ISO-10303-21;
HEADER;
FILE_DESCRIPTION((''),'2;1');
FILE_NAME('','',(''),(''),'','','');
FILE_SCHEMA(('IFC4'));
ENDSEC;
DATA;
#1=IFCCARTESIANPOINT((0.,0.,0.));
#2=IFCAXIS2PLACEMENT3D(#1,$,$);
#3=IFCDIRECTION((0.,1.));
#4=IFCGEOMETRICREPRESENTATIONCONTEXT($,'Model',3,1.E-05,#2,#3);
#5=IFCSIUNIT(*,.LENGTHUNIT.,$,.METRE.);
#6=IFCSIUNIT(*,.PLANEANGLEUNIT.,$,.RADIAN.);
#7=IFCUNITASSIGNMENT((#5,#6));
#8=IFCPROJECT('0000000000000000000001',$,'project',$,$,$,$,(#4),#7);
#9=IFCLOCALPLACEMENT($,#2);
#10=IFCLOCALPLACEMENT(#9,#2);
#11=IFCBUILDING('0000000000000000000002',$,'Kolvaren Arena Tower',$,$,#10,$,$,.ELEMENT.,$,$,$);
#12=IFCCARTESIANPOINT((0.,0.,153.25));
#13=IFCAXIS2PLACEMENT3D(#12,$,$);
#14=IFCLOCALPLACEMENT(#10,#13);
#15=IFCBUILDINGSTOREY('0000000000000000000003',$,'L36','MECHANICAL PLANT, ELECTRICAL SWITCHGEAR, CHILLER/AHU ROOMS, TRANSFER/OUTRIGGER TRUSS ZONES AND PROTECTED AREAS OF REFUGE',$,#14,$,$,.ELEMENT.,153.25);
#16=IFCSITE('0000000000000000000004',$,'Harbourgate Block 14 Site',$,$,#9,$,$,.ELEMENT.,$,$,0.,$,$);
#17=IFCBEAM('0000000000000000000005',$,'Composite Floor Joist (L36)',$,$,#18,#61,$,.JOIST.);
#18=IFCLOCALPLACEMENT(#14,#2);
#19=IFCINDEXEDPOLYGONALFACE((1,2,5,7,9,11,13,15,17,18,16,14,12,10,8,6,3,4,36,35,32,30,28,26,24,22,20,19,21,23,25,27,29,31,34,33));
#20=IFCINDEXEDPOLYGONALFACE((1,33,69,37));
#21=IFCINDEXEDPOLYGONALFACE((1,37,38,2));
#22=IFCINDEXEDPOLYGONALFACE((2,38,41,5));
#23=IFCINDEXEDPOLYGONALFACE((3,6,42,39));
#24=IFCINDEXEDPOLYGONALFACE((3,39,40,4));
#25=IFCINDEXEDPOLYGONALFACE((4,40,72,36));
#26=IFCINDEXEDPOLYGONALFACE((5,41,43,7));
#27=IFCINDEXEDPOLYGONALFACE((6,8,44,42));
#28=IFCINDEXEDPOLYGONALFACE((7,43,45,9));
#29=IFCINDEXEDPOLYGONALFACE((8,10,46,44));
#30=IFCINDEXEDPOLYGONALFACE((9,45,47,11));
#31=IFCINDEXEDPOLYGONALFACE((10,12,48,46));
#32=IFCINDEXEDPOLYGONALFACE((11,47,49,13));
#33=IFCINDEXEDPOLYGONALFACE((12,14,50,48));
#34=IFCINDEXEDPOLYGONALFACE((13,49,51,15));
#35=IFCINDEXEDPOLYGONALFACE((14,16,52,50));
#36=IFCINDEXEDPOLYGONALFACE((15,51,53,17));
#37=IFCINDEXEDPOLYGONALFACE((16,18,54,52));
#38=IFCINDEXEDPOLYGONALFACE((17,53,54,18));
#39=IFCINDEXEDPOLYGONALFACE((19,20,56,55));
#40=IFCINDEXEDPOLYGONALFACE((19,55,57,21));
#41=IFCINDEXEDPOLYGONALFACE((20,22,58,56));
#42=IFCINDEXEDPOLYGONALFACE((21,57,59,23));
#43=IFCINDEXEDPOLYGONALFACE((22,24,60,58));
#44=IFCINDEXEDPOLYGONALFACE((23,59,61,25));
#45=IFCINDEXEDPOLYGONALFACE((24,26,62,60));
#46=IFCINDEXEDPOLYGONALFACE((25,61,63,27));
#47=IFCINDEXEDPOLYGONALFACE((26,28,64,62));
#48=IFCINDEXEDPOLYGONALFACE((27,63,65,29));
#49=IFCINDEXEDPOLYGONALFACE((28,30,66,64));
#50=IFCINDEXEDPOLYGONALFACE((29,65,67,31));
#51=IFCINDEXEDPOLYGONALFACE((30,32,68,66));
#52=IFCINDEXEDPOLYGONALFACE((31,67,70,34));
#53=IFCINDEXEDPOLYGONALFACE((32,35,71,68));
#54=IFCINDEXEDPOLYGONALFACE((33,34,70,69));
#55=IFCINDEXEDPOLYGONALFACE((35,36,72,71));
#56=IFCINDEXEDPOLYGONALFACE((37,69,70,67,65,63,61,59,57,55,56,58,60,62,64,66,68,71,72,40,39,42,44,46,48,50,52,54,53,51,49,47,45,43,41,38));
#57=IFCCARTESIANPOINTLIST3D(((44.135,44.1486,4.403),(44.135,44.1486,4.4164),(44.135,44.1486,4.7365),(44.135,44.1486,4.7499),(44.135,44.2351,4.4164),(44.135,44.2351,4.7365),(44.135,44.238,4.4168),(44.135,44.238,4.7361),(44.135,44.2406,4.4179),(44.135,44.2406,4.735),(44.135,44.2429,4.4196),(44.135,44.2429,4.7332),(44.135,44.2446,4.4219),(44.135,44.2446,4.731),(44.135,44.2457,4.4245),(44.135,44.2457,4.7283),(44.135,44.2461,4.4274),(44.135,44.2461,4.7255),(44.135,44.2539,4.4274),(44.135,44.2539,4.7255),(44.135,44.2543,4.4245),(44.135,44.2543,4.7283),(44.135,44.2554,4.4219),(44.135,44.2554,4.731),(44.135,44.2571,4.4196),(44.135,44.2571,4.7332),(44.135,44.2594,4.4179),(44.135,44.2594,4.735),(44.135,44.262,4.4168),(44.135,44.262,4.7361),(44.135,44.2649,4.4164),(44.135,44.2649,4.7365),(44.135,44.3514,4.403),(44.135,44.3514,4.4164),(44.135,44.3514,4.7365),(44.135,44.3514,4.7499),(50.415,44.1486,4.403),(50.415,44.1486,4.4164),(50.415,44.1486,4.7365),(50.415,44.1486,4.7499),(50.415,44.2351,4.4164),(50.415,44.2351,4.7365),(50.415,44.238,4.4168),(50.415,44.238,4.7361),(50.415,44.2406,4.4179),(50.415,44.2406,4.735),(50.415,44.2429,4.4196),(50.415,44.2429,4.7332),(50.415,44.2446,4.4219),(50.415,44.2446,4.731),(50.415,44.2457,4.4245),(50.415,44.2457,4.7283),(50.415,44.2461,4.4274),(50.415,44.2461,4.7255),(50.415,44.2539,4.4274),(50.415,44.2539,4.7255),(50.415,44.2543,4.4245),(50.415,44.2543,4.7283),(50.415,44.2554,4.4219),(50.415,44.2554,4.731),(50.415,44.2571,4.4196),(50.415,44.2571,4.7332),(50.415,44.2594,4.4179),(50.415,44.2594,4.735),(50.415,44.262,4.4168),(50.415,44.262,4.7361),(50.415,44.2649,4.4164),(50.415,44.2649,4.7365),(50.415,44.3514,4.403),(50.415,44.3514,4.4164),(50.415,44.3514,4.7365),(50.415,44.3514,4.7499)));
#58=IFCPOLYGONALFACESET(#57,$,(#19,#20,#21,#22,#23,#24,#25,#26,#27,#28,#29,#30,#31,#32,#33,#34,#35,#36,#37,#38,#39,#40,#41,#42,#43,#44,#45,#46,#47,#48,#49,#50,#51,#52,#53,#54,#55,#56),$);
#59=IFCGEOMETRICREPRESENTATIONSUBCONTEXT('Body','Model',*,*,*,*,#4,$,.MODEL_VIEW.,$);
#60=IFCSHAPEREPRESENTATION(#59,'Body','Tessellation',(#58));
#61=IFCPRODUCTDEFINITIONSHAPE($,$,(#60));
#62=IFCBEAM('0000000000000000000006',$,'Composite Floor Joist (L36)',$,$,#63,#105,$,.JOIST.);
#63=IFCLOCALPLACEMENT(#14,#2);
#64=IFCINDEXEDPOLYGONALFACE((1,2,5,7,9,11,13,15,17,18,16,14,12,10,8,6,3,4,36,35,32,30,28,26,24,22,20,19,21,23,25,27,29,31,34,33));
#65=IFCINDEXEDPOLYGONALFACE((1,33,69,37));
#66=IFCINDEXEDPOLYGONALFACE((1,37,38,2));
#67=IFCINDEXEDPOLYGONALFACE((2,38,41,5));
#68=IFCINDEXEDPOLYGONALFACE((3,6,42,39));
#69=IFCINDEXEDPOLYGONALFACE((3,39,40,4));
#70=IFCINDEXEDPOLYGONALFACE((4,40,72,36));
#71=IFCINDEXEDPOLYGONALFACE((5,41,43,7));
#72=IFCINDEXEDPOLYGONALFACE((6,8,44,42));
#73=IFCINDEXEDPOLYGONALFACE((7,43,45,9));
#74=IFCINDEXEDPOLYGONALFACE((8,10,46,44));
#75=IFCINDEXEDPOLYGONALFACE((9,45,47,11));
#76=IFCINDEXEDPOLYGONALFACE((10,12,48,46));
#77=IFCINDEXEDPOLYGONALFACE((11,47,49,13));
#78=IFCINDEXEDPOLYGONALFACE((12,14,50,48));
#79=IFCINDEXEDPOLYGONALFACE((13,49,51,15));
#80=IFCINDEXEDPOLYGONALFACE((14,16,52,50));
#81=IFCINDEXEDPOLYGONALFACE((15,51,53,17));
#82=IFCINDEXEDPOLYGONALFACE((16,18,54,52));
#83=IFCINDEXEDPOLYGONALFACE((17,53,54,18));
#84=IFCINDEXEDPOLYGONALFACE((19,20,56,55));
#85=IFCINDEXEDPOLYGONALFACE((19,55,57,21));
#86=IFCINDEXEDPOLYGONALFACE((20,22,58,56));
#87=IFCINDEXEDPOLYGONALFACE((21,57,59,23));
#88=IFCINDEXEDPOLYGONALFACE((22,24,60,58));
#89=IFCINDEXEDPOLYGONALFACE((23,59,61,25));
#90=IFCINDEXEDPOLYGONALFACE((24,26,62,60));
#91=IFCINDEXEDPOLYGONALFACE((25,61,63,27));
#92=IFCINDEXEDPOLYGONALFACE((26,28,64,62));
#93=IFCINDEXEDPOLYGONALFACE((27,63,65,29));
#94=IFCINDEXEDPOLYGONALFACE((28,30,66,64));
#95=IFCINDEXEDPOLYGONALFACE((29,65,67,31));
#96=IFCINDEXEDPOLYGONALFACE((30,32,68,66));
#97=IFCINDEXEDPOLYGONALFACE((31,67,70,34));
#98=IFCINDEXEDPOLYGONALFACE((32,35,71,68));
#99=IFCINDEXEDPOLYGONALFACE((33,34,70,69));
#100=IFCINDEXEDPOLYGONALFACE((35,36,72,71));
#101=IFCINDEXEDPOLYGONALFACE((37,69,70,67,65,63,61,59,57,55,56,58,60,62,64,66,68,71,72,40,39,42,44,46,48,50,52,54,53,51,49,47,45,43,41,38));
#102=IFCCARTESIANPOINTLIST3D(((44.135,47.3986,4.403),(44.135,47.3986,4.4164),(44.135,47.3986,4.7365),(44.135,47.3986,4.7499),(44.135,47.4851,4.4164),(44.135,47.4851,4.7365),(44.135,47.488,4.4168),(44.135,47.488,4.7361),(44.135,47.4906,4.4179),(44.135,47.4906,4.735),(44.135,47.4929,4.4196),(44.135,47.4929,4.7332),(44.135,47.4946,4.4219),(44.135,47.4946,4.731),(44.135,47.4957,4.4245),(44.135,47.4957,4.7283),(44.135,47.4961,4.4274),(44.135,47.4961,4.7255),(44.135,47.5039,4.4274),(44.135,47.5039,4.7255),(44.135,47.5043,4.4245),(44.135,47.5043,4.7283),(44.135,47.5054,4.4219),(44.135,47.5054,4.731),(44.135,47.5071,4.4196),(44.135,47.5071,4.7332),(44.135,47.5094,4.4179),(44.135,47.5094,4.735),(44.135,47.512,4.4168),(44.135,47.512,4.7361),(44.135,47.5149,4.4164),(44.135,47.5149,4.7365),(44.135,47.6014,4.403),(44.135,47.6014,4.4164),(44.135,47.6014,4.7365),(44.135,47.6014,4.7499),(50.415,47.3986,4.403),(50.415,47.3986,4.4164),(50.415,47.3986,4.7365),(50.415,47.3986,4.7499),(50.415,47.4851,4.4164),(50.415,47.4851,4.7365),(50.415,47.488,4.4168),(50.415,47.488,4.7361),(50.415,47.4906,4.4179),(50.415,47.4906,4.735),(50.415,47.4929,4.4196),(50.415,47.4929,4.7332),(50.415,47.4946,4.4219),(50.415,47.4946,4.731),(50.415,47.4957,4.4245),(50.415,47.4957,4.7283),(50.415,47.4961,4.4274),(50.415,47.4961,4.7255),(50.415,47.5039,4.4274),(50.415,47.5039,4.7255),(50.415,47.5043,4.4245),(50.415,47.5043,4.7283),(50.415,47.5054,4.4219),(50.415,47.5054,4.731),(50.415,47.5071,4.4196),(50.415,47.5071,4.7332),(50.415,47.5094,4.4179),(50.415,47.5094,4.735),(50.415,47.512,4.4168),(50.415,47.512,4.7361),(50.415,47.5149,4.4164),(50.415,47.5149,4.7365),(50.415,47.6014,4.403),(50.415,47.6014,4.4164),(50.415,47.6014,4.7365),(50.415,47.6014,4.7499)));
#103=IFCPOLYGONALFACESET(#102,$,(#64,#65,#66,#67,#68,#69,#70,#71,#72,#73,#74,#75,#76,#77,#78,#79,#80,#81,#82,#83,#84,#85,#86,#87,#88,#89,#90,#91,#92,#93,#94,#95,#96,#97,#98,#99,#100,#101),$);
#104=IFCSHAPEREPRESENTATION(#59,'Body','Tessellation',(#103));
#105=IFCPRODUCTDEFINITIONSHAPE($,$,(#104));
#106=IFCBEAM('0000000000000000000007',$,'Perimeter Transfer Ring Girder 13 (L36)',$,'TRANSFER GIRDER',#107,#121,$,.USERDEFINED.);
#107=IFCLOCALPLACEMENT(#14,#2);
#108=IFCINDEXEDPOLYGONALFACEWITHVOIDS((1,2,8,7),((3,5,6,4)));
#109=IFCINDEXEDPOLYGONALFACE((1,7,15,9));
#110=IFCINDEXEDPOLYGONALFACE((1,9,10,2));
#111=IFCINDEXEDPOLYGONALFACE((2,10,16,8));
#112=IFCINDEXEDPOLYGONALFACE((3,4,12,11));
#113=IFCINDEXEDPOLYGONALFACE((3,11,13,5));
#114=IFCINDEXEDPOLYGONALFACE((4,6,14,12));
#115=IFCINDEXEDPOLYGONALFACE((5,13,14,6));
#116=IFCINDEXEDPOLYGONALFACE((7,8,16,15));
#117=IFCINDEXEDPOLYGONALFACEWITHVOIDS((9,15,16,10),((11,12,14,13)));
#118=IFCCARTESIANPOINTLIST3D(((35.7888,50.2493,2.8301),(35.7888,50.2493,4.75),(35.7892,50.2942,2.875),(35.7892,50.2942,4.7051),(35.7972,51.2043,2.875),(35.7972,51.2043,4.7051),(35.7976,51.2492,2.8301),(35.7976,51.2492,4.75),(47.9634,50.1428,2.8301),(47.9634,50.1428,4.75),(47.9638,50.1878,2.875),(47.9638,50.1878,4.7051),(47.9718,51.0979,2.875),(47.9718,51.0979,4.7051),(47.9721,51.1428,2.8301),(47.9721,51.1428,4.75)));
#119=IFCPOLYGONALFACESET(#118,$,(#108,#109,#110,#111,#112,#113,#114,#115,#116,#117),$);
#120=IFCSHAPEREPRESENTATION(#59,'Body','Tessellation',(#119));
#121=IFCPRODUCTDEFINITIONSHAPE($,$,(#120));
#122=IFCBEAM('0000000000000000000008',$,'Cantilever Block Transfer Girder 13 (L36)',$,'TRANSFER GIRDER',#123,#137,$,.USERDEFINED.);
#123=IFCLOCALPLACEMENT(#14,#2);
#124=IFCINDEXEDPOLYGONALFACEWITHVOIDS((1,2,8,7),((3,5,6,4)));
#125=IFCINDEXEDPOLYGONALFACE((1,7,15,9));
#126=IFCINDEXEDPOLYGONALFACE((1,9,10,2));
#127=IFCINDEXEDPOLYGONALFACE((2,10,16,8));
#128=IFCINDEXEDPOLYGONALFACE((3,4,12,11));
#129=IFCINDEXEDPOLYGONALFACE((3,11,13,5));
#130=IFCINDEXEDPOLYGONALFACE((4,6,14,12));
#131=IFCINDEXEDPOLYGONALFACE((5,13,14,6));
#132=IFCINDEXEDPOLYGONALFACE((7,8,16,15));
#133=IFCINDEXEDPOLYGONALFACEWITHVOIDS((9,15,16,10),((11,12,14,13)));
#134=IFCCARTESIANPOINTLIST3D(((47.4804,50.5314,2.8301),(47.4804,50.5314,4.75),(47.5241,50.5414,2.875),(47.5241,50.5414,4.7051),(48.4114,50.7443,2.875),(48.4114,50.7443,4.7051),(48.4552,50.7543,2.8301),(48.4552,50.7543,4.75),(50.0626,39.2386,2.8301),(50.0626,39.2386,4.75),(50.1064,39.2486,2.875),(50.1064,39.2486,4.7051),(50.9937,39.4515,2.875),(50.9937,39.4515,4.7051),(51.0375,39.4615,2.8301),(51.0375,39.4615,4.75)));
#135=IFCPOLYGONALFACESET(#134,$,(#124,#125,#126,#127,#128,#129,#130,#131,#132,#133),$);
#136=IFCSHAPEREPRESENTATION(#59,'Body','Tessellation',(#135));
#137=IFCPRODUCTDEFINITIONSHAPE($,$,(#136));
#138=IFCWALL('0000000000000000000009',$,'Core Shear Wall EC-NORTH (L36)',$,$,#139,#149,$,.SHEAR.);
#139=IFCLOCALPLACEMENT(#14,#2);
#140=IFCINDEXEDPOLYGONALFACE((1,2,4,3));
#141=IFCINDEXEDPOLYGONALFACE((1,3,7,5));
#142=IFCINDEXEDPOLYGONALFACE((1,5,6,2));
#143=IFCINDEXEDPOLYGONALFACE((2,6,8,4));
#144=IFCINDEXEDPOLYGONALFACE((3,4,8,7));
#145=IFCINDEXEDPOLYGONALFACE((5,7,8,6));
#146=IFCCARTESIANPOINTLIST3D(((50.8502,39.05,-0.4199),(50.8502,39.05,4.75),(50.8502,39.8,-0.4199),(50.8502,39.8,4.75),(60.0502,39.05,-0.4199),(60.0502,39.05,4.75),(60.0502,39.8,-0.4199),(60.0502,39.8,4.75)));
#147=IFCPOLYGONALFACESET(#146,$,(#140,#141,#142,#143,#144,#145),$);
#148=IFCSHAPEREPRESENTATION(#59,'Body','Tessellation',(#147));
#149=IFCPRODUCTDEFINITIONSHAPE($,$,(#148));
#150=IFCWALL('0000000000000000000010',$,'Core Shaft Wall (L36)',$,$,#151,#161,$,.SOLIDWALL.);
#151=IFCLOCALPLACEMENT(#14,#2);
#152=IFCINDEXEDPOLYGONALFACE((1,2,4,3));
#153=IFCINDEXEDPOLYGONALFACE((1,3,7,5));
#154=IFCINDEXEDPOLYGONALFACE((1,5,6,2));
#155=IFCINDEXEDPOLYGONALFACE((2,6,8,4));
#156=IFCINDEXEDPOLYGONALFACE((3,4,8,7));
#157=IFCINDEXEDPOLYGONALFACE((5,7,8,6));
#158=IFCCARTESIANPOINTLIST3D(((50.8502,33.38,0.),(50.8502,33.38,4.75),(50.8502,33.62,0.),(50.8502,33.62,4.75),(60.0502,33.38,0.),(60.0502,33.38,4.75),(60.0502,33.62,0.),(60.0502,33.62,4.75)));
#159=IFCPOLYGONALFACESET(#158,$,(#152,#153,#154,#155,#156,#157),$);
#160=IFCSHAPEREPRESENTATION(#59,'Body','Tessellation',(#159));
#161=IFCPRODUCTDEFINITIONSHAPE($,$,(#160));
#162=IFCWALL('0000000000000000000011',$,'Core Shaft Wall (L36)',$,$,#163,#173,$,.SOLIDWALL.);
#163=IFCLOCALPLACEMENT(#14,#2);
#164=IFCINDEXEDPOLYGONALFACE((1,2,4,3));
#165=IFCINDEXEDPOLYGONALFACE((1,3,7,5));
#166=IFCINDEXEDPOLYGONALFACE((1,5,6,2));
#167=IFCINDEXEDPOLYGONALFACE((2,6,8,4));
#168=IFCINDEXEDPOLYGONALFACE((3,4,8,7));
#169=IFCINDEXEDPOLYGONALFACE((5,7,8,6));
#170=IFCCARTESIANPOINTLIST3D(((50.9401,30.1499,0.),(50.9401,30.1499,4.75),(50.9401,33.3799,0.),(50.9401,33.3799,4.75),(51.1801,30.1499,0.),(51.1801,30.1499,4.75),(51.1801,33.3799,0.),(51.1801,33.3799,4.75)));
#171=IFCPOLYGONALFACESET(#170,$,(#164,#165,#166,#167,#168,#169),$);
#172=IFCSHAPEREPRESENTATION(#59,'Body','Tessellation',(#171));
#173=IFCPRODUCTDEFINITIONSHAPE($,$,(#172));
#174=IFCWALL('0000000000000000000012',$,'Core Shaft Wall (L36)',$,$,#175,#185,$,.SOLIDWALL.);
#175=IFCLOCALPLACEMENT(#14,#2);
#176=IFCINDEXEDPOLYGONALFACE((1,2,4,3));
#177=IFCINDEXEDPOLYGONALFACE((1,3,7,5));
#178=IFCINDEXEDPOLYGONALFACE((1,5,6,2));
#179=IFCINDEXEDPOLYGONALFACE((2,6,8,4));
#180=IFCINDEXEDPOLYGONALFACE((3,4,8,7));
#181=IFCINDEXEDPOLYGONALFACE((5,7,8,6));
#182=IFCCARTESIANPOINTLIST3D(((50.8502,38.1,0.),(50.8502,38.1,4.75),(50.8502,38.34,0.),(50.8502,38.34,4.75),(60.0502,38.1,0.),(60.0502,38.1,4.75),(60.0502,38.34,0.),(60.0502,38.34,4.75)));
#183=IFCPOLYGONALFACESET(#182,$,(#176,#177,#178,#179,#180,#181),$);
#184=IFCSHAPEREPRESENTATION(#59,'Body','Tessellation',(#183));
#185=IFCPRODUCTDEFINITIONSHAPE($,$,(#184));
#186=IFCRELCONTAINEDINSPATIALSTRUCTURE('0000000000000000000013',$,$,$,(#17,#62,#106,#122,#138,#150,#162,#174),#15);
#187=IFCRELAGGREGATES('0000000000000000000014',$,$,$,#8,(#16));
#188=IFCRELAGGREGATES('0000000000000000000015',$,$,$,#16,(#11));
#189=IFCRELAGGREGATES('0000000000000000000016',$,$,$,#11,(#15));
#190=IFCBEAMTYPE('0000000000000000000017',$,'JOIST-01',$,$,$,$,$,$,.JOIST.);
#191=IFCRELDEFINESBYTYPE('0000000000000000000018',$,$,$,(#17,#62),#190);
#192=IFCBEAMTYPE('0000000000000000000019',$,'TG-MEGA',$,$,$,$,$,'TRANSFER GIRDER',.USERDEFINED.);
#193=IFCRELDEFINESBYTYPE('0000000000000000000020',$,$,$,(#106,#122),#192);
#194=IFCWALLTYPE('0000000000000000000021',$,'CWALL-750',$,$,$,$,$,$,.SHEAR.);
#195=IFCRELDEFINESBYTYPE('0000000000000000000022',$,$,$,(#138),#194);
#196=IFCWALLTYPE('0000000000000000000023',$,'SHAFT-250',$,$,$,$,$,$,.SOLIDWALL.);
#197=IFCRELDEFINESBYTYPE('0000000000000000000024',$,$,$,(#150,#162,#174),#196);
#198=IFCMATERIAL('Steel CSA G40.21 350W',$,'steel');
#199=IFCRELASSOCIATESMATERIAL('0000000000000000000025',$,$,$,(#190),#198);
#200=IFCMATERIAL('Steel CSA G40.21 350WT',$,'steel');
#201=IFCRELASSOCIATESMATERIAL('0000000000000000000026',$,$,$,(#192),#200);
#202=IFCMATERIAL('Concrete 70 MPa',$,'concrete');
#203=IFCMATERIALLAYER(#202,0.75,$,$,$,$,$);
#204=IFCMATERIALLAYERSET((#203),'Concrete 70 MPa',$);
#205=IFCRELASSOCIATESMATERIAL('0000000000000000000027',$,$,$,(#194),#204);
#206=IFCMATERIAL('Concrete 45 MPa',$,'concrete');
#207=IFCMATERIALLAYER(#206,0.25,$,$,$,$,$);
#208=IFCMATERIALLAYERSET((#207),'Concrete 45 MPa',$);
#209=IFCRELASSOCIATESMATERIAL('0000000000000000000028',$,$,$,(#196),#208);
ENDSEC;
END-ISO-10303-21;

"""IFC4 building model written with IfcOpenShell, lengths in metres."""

from ifc_helpers import new_model, si_unit, direction, frame, frame_2d, origin, origin_2d, place, context, subcontext, project, spatial, rectangle, hollow_rectangle, i_section, extrude, material, layer, layer_set, material_profile, profile_set, type_object, element, save


model = new_model("IFC4")

# Units and contexts
model_context = context("Model", 3, precision=1e-05, world=origin(), true_north=direction((0.0, 1.0)))
body_context = subcontext(model_context, "Body", "Model", "MODEL_VIEW")
ifc_project = project(units=[si_unit("LENGTHUNIT", "METRE"), si_unit("PLANEANGLEUNIT", "RADIAN")], contexts=[model_context])

# Site, building, storey
site_placement = place(None, origin())
site = spatial("IfcSite", under=ifc_project, at=site_placement, Name="Harbourgate Block 14 Site", CompositionType="ELEMENT", RefElevation=0.0)
building_placement = place(site_placement, origin())
building = spatial("IfcBuilding", under=site, at=building_placement, Name="Kolvaren Arena Tower", CompositionType="ELEMENT")
storey_placement = place(building_placement, frame((0.0, 0.0, 153.25)))
storey = spatial("IfcBuildingStorey", under=building, at=storey_placement, Name="L36", Description="MECHANICAL PLANT, ELECTRICAL SWITCHGEAR, CHILLER/AHU ROOMS, TRANSFER/OUTRIGGER TRUSS ZONES AND PROTECTED AREAS OF REFUGE", CompositionType="ELEMENT", Elevation=153.25)

# Shared definitions
ifc_material_1 = material(Name="Steel CSA G40.21 350W", Category="steel")

# Beams
ifc_material_profile_1 = material_profile(ifc_material_1, i_section(OverallWidth=0.2029, OverallDepth=0.3469, WebThickness=0.0078, FlangeThickness=0.0134, FilletRadius=0.011, at=origin_2d()), Name="W360x64")
ifc_profile_set_1 = profile_set([ifc_material_profile_1], Name="Steel CSA G40.21 350W")
beam_type_1 = type_object("IfcBeamType", Name="JOIST-01", PredefinedType="JOIST", material=ifc_profile_set_1)
for number, where, z_axis, x_axis, name in (
    (1, (44.135, 44.25, 4.5764), (1.0, 0.0, 0.0), (0.0, 1.0, 0.0), "Composite Floor Joist (L36)"),
    (2, (44.135, 47.5, 4.5764), (1.0, 0.0, 0.0), (0.0, 1.0, 0.0), "Composite Floor Joist (L36)"),
):
    element("IfcBeam", number, at=place(storey_placement, frame(where, z_axis=z_axis, x_axis=x_axis)), inside=storey, type_object=beam_type_1, Name=name, PredefinedType="JOIST", context=body_context, shape_type="SweptSolid", body=[
        extrude(i_section(OverallWidth=0.2029, OverallDepth=0.3469, WebThickness=0.0078, FlangeThickness=0.0134, FilletRadius=0.011, at=origin_2d()), origin(), (0.0, 0.0, 1.0), 6.28),
    ])
ifc_material_2 = material(Name="Steel CSA G40.21 350WT", Category="steel")
ifc_material_profile_2 = material_profile(ifc_material_2, hollow_rectangle(XDim=1.0, YDim=1.9199, WallThickness=0.0449, at=origin_2d()), Name="BOX 1000x1920x45")
ifc_profile_set_2 = profile_set([ifc_material_profile_2], Name="Steel CSA G40.21 350WT")
beam_type_2 = type_object("IfcBeamType", Name="TG-MEGA", ElementType="TRANSFER GIRDER", PredefinedType="USERDEFINED", material=ifc_profile_set_2)
beam_1_placement = place(storey_placement, frame((47.9678, 50.6428, 3.79), z_axis=(-0.999962, 0.008743, 0.0), x_axis=(-0.008743, -0.999962, 0.0)))
element("IfcBeam", 3, at=beam_1_placement, inside=storey, type_object=beam_type_2, Name="Perimeter Transfer Ring Girder 13 (L36)", ObjectType="TRANSFER GIRDER", PredefinedType="USERDEFINED", context=body_context, shape_type="SweptSolid", body=[
    extrude(hollow_rectangle(XDim=1.0, YDim=1.9199, WallThickness=0.0449, at=origin_2d()), origin(), (0.0, 0.0, 1.0), 12.175),
])
beam_2_placement = place(storey_placement, frame((47.9678, 50.6428, 3.79), z_axis=(0.222913, -0.974838, 0.0), x_axis=(0.974838, 0.222913, 0.0)))
element("IfcBeam", 4, at=beam_2_placement, inside=storey, type_object=beam_type_2, Name="Cantilever Block Transfer Girder 13 (L36)", ObjectType="TRANSFER GIRDER", PredefinedType="USERDEFINED", context=body_context, shape_type="SweptSolid", body=[
    extrude(hollow_rectangle(XDim=1.0, YDim=1.9199, WallThickness=0.0449, at=origin_2d()), origin(), (0.0, 0.0, 1.0), 11.5842),
])

# Walls
ifc_material_3 = material(Name="Concrete 70 MPa", Category="concrete")
ifc_layer_1 = layer(ifc_material_3, 0.75)
ifc_layer_set_1 = layer_set([ifc_layer_1], Name="Concrete 70 MPa")
wall_type_1 = type_object("IfcWallType", Name="CWALL-750", PredefinedType="SHEAR", material=ifc_layer_set_1)
wall_1_placement = place(storey_placement, frame((50.8501, 39.425, -0.4199), z_axis=(0.0, 0.0, 1.0), x_axis=(1.0, 0.0, 0.0)))
element("IfcWall", 5, at=wall_1_placement, inside=storey, type_object=wall_type_1, Name="Core Shear Wall EC-NORTH (L36)", PredefinedType="SHEAR", context=body_context, shape_type="SweptSolid", body=[
    extrude(rectangle(XDim=9.2, YDim=0.75, at=frame_2d((4.6001, 0.0))), origin(), (0.0, 0.0, 1.0), 5.1699),
])
ifc_material_4 = material(Name="Concrete 45 MPa", Category="concrete")
ifc_layer_2 = layer(ifc_material_4, 0.25)
ifc_layer_set_2 = layer_set([ifc_layer_2], Name="Concrete 45 MPa")
wall_type_2 = type_object("IfcWallType", Name="SHAFT-250", PredefinedType="SOLIDWALL", material=ifc_layer_set_2)
wall_2_placement = place(storey_placement, frame((50.8501, 33.5, 0.0), z_axis=(0.0, 0.0, 1.0), x_axis=(1.0, 0.0, 0.0)))
element("IfcWall", 6, at=wall_2_placement, inside=storey, type_object=wall_type_2, Name="Core Shaft Wall (L36)", PredefinedType="SOLIDWALL", context=body_context, shape_type="SweptSolid", body=[
    extrude(rectangle(XDim=9.2, YDim=0.24, at=frame_2d((4.6001, 0.0))), origin(), (0.0, 0.0, 1.0), 4.75),
])
wall_3_placement = place(storey_placement, frame((51.0601, 30.1499, 0.0), z_axis=(0.0, 0.0, 1.0), x_axis=(0.0, 1.0, 0.0)))
element("IfcWall", 7, at=wall_3_placement, inside=storey, type_object=wall_type_2, Name="Core Shaft Wall (L36)", PredefinedType="SOLIDWALL", context=body_context, shape_type="SweptSolid", body=[
    extrude(rectangle(XDim=3.23, YDim=0.24, at=frame_2d((1.615, 0.0))), origin(), (0.0, 0.0, 1.0), 4.75),
])
wall_4_placement = place(storey_placement, frame((50.8501, 38.22, 0.0), z_axis=(0.0, 0.0, 1.0), x_axis=(1.0, 0.0, 0.0)))
element("IfcWall", 8, at=wall_4_placement, inside=storey, type_object=wall_type_2, Name="Core Shaft Wall (L36)", PredefinedType="SOLIDWALL", context=body_context, shape_type="SweptSolid", body=[
    extrude(rectangle(XDim=9.2, YDim=0.24, at=frame_2d((4.6001, 0.0))), origin(), (0.0, 0.0, 1.0), 4.75),
])

save(model, "model.ifc")
